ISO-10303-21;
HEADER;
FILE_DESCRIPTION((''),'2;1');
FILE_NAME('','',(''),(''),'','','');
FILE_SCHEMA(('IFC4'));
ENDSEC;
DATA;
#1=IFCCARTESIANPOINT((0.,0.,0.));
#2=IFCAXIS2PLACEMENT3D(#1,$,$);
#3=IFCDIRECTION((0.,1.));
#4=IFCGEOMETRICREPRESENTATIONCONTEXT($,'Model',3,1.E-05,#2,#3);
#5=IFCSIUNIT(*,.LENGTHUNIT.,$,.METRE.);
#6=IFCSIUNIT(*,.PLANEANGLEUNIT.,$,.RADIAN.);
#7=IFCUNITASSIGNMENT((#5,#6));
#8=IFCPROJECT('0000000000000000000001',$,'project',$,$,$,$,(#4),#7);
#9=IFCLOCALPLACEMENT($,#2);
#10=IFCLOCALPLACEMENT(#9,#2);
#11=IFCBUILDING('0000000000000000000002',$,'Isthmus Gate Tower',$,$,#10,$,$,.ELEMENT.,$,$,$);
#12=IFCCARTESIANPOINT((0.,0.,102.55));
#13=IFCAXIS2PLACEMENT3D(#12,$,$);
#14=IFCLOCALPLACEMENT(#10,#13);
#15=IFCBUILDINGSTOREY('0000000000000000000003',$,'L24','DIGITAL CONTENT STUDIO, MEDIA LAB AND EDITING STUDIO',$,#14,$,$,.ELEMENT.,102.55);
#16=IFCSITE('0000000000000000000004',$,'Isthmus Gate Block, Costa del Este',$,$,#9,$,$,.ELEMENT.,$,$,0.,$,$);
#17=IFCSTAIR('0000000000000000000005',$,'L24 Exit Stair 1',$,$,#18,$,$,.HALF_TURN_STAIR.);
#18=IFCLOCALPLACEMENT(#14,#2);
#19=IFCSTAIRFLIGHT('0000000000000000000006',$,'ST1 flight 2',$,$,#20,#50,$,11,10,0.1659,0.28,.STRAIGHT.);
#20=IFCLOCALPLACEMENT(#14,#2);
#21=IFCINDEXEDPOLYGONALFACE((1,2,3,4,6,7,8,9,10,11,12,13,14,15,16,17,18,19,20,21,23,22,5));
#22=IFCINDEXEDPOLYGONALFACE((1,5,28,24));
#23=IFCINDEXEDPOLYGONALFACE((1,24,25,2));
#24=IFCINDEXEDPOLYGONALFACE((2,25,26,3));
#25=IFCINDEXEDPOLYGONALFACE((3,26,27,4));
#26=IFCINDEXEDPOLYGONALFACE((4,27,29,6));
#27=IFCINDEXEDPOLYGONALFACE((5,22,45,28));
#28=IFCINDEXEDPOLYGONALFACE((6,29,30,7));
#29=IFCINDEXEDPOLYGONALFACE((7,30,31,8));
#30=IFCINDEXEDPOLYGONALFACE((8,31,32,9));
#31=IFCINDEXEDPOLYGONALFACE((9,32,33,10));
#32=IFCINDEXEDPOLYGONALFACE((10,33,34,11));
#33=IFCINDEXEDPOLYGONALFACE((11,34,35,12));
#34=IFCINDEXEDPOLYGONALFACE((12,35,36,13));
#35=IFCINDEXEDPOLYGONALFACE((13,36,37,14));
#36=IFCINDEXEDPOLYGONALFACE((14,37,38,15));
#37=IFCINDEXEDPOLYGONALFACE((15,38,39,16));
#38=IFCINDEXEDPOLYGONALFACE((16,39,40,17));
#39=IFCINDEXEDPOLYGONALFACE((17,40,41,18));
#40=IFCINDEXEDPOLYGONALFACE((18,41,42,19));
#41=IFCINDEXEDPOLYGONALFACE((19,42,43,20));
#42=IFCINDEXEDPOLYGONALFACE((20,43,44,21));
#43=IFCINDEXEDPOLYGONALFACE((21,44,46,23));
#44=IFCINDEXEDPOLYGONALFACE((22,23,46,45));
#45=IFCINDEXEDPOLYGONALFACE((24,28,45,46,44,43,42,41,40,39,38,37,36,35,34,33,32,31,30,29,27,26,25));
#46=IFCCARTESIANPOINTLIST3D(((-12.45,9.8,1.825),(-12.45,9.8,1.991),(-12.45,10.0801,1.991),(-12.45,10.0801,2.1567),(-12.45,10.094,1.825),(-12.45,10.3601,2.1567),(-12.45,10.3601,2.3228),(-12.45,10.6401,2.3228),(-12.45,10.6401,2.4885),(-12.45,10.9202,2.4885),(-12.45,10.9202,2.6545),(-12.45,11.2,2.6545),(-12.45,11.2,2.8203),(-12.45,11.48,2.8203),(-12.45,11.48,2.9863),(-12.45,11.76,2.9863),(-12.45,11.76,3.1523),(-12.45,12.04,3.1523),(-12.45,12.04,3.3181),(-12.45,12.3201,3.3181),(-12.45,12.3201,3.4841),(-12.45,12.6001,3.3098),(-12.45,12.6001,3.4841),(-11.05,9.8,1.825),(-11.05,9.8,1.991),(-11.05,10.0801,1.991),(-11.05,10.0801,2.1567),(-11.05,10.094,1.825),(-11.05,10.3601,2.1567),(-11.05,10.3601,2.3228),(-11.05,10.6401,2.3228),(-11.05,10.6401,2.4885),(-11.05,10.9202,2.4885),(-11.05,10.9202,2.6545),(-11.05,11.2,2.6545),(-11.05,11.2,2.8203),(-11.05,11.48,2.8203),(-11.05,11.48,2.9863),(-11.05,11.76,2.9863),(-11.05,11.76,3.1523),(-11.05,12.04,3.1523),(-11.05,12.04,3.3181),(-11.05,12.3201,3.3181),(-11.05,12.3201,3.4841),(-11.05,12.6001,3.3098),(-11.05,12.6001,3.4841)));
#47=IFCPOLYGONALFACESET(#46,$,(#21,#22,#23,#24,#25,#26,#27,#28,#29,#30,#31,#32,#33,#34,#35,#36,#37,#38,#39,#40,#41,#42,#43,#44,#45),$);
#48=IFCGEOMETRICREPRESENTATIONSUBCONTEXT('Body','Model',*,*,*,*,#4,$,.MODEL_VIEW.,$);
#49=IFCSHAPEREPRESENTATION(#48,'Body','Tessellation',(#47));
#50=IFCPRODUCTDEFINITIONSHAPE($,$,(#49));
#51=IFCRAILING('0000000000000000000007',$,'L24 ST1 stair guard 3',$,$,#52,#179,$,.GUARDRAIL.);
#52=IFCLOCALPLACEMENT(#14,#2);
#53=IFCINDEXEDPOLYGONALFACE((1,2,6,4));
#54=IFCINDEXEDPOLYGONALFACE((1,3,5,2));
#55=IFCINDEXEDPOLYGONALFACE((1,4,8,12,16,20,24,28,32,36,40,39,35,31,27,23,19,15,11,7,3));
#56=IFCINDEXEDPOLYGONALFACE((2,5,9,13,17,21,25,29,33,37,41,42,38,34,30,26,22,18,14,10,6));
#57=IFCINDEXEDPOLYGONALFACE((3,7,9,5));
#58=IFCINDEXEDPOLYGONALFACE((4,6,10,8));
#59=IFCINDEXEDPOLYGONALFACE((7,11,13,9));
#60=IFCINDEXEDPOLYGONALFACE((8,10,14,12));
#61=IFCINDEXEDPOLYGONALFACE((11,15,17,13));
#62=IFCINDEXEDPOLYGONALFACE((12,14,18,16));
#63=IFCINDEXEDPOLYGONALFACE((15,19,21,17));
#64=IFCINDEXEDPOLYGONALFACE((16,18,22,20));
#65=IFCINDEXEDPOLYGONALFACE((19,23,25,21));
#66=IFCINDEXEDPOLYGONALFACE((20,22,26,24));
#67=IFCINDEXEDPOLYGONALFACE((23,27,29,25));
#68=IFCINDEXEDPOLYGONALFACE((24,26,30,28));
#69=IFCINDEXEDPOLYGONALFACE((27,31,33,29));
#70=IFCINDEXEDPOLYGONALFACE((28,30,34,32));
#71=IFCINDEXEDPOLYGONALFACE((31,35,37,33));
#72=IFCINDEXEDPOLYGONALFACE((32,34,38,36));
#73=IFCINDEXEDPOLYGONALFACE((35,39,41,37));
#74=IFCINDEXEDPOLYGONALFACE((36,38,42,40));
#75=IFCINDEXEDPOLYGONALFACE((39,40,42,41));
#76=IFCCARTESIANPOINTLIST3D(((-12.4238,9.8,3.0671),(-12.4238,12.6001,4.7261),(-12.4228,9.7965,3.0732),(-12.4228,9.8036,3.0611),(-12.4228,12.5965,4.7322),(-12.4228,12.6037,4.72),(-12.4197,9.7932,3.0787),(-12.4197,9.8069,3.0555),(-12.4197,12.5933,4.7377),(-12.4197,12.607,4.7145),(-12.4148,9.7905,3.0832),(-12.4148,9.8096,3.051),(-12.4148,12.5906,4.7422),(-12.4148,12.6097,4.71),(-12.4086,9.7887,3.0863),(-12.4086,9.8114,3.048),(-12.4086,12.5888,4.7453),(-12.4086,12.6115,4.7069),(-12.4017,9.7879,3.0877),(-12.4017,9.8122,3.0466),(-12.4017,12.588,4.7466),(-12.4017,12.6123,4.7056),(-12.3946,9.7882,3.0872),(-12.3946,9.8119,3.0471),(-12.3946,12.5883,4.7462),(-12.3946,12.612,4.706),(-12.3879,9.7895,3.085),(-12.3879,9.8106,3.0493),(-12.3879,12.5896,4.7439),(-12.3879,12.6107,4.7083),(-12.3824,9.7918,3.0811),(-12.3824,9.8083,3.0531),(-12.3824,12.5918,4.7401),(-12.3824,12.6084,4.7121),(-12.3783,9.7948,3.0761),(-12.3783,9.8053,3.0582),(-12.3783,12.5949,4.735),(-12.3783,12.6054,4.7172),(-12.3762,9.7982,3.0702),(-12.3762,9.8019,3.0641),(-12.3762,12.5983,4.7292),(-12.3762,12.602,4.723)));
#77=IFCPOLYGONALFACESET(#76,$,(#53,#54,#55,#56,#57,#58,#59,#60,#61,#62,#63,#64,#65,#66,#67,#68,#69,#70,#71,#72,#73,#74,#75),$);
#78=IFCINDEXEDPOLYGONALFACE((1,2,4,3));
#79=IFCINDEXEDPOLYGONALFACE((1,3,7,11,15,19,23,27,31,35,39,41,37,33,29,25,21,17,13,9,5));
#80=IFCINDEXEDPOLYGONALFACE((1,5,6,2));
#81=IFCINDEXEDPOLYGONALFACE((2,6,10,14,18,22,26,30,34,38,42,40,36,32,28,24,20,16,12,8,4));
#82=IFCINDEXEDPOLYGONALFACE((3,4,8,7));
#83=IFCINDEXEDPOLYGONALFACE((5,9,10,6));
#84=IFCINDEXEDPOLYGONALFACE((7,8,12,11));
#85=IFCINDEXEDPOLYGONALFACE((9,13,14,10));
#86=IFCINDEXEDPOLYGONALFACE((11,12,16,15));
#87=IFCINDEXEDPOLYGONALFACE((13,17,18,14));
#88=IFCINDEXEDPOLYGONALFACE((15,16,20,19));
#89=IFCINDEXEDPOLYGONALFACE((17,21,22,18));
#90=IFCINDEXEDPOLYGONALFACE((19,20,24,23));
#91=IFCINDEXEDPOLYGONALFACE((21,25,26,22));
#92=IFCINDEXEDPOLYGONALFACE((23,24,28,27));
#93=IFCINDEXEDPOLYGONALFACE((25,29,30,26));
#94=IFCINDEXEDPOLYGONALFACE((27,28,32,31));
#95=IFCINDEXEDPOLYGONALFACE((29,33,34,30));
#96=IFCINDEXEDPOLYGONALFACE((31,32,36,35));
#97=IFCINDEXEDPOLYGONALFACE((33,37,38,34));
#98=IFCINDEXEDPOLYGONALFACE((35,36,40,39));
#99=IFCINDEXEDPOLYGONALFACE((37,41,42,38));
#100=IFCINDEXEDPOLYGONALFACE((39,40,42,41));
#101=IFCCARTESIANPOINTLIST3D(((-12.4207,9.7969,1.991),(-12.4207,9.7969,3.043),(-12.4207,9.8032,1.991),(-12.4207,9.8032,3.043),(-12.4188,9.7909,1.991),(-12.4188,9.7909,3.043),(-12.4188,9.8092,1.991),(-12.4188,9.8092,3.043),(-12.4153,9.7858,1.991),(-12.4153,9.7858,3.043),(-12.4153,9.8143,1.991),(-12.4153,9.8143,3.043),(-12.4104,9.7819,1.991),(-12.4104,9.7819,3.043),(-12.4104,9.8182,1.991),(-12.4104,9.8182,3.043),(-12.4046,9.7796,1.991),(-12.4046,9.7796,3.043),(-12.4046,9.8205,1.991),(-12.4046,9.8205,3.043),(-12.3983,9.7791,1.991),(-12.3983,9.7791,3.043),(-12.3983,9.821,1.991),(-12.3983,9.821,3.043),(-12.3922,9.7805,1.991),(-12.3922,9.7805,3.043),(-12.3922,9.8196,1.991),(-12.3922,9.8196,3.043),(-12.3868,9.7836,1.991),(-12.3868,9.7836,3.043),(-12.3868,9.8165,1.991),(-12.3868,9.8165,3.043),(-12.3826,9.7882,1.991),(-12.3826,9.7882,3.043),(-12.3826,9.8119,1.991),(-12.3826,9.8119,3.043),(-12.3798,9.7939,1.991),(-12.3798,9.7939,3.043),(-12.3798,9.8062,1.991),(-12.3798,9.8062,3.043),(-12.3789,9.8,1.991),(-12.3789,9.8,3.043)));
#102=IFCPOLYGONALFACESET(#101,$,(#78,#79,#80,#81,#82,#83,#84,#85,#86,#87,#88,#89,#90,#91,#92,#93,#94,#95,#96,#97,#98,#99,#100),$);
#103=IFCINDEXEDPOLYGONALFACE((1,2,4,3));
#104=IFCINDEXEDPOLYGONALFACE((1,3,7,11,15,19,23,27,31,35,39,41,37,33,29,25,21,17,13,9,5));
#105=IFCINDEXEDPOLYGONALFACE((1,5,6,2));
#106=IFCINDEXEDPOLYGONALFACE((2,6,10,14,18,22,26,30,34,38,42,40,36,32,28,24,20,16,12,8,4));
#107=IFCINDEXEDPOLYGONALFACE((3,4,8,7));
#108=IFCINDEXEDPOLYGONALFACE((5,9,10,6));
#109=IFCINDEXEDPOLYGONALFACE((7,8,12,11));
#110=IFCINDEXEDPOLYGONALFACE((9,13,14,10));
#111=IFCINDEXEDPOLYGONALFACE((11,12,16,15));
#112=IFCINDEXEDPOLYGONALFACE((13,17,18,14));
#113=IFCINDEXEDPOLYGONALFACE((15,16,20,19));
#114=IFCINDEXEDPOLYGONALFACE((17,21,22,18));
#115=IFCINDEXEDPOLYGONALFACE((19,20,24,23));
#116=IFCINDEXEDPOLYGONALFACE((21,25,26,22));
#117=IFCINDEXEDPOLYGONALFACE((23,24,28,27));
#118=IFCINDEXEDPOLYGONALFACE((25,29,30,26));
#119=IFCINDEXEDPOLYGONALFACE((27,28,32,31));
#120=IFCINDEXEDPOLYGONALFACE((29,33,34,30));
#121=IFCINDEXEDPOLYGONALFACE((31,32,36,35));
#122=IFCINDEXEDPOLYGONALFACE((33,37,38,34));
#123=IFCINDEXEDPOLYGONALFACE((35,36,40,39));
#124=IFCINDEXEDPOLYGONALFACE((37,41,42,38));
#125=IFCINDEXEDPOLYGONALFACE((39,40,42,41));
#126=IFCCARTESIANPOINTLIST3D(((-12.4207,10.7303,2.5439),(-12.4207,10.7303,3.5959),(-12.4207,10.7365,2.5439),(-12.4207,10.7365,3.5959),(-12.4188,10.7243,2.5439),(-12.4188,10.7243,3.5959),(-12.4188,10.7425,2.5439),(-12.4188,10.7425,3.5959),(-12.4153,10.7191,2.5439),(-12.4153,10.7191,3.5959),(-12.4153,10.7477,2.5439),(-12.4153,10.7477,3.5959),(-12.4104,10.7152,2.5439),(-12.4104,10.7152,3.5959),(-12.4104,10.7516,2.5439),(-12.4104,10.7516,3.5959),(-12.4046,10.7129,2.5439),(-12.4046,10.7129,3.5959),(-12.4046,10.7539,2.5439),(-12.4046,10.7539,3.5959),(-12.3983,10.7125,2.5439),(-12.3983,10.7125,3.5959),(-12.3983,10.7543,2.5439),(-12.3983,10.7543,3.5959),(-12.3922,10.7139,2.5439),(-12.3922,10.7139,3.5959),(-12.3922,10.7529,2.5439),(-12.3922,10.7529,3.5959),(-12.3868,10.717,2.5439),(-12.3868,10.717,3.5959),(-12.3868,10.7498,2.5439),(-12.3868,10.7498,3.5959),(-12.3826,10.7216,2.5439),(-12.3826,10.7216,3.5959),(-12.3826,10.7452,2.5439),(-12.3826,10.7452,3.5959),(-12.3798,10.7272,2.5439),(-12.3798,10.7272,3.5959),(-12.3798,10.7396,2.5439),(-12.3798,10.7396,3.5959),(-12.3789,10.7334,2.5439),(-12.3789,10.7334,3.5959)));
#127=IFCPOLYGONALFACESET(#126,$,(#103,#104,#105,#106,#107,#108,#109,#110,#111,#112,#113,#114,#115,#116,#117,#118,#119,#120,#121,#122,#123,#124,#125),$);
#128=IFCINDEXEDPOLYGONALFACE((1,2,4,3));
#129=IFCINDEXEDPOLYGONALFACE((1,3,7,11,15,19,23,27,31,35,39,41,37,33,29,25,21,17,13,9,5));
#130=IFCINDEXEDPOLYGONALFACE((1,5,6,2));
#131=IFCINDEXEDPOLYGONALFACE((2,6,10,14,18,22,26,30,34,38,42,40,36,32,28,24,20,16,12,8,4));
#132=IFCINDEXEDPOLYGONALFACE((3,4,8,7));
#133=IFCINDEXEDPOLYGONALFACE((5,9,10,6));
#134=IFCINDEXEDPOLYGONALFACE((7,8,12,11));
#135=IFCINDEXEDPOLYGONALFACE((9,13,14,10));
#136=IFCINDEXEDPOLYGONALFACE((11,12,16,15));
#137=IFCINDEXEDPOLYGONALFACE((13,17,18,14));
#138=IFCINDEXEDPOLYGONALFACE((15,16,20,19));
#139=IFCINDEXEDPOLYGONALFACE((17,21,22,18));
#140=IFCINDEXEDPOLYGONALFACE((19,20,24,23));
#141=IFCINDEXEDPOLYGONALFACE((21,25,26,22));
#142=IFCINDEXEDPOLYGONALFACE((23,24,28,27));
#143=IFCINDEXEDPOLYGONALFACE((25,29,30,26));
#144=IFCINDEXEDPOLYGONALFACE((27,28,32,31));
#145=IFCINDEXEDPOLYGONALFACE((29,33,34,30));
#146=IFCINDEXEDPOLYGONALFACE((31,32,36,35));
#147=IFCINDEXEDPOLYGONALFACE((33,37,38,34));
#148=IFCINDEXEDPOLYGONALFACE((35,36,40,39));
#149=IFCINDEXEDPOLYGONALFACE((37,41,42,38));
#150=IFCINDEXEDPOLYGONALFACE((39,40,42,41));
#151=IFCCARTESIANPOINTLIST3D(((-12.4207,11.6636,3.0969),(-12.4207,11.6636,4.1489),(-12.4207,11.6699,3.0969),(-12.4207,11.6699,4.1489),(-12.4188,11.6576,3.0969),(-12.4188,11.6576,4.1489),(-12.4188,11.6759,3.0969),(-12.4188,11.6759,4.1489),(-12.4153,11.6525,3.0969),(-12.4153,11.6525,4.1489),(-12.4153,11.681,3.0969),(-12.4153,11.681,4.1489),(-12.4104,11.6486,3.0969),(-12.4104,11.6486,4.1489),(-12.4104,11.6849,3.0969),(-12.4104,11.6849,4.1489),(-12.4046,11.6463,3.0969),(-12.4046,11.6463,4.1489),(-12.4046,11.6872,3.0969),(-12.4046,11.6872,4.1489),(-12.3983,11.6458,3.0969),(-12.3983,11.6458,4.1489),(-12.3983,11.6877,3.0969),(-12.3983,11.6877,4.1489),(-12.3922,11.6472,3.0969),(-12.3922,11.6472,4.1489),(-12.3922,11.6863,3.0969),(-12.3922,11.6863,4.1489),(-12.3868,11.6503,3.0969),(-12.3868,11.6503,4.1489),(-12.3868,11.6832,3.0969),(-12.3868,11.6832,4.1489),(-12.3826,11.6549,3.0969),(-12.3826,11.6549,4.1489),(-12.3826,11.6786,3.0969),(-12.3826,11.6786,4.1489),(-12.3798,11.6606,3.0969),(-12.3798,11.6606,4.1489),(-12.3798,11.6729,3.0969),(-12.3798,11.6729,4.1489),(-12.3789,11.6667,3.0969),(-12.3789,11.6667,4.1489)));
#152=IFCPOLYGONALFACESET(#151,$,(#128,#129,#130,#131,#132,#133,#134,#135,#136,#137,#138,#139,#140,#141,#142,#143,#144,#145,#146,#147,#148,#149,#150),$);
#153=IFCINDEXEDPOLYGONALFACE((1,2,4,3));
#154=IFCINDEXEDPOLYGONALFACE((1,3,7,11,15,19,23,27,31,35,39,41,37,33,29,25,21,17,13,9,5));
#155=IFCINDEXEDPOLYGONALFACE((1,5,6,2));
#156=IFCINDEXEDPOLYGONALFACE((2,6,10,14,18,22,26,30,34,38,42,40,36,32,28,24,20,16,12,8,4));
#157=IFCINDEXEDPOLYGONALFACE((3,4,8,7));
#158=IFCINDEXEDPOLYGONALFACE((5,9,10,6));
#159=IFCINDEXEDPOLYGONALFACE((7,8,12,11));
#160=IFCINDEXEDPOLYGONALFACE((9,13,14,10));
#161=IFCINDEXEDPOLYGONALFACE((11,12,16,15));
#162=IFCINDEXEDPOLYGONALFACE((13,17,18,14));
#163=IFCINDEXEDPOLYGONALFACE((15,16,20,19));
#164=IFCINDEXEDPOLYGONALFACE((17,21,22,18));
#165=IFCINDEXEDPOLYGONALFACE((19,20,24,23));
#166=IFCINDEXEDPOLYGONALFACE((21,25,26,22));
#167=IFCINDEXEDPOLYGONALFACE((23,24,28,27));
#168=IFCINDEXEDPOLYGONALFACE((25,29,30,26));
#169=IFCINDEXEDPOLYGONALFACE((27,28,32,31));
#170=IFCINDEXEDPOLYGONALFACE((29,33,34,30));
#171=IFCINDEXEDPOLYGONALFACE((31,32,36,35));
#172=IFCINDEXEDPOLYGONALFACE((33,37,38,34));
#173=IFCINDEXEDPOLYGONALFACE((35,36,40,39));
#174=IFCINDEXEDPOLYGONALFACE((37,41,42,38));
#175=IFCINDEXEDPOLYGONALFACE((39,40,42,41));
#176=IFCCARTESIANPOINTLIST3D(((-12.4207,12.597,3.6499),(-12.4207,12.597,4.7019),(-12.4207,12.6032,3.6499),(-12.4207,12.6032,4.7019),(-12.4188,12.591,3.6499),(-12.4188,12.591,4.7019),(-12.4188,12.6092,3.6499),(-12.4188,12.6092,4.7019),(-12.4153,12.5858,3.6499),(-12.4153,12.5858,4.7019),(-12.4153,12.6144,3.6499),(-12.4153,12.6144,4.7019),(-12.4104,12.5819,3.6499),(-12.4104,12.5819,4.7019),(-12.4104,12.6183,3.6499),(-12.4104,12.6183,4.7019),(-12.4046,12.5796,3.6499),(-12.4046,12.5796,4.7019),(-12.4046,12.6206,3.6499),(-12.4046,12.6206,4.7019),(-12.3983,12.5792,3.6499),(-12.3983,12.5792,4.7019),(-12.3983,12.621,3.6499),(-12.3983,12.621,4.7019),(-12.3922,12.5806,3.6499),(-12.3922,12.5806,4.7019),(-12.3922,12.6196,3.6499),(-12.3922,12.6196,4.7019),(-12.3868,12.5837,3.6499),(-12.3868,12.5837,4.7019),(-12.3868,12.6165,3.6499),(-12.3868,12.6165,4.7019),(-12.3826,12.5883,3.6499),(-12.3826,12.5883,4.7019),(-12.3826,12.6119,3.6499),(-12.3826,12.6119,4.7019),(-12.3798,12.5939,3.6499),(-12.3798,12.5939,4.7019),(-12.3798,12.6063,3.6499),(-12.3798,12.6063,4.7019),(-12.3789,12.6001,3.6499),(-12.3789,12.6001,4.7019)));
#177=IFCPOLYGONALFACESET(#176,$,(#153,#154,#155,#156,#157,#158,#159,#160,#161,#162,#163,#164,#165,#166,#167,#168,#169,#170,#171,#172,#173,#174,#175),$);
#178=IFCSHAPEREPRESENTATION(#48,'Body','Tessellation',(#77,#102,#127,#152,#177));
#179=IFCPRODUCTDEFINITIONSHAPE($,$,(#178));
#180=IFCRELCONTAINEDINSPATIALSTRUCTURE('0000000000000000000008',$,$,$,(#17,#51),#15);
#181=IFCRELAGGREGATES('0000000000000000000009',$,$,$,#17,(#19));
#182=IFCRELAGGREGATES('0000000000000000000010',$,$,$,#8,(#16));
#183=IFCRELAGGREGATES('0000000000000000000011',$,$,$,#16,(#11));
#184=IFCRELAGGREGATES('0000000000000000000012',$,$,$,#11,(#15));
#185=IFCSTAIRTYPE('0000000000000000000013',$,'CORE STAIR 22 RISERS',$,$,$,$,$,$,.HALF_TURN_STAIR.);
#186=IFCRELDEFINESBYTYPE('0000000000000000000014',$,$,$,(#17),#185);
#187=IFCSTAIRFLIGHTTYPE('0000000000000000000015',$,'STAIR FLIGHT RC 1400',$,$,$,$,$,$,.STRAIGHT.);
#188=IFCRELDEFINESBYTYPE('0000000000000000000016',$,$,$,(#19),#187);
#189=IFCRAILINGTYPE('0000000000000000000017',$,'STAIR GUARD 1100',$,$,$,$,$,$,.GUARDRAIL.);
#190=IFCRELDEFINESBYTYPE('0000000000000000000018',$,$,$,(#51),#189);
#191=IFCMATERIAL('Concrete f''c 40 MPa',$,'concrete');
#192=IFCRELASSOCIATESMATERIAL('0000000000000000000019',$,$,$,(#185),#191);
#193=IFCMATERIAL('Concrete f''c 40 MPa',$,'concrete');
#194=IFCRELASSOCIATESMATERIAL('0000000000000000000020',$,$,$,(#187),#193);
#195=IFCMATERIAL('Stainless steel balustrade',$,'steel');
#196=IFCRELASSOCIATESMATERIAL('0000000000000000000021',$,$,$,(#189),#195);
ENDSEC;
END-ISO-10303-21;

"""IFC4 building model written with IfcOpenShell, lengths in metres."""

from ifc_helpers import new_model, si_unit, direction, frame, origin, origin_2d, place, context, subcontext, project, spatial, polyline, circle, outline, extrude, material, type_object, element, aggregate, save


model = new_model("IFC4")

# Units and contexts
model_context = context("Model", 3, precision=1e-05, world=origin(), true_north=direction((0.0, 1.0)))
body_context = subcontext(model_context, "Body", "Model", "MODEL_VIEW")
ifc_project = project(units=[si_unit("LENGTHUNIT", "METRE"), si_unit("PLANEANGLEUNIT", "RADIAN")], contexts=[model_context])

# Site, building, storey
site_placement = place(None, origin())
site = spatial("IfcSite", under=ifc_project, at=site_placement, Name="Isthmus Gate Block, Costa del Este", CompositionType="ELEMENT", RefElevation=0.0)
building_placement = place(site_placement, origin())
building = spatial("IfcBuilding", under=site, at=building_placement, Name="Isthmus Gate Tower", CompositionType="ELEMENT")
storey_placement = place(building_placement, frame((0.0, 0.0, 102.55)))
storey = spatial("IfcBuildingStorey", under=building, at=storey_placement, Name="L24", Description="DIGITAL CONTENT STUDIO, MEDIA LAB AND EDITING STUDIO", CompositionType="ELEMENT", Elevation=102.55)

# Stair, stair flight
ifc_material_1 = material(Name="Concrete f'c 40 MPa", Category="concrete")
stair_type = type_object("IfcStairType", Name="CORE STAIR 22 RISERS", PredefinedType="HALF_TURN_STAIR", material=ifc_material_1)
stair_placement = place(storey_placement, origin())
stair = element("IfcStair", 1, at=stair_placement, inside=storey, type_object=stair_type, Name="L24 Exit Stair 1", PredefinedType="HALF_TURN_STAIR")
ifc_material_2 = material(Name="Concrete f'c 40 MPa", Category="concrete")
stair_flight_type = type_object("IfcStairFlightType", Name="STAIR FLIGHT RC 1400", PredefinedType="STRAIGHT", material=ifc_material_2)
stair_flight_placement = place(storey_placement, frame((-11.75, 9.8, 1.825), z_axis=(0.0, 0.0, 1.0), x_axis=(0.0, 1.0, 0.0)))
stair_flight = element("IfcStairFlight", 2, at=stair_flight_placement, type_object=stair_flight_type, Name="ST1 flight 2", NumberOfRisers=11, NumberOfTreads=10, PredefinedType="STRAIGHT", RiserHeight=0.1659, TreadLength=0.28, context=body_context, shape_type="SweptSolid", body=[
    extrude(outline(polyline([(0.0, 0.0), (0.0, 0.166), (0.28, 0.166), (0.28, 0.3318), (0.5601, 0.3318), (0.5601, 0.4978), (0.8401, 0.4978), (0.8401, 0.6636), (1.1201, 0.6636), (1.1201, 0.8296), (1.3999, 0.8296), (1.3999, 0.9954), (1.6799, 0.9954), (1.6799, 1.1614), (1.96, 1.1614), (1.96, 1.3274), (2.24, 1.3274), (2.24, 1.4932), (2.52, 1.4932), (2.52, 1.6592), (2.8, 1.6592), (2.8, 1.825), (2.8, 1.4849), (0.2939, 0.0), (0.0, 0.0)])), frame((0.0, 0.7, 0.0), z_axis=(0.0, -1.0, 0.0), x_axis=(1.0, 0.0, 0.0)), (0.0, 0.0, 1.0), 1.3999),
])
aggregate(stair, [stair_flight])

# Railing
ifc_material_3 = material(Name="Stainless steel balustrade", Category="steel")
railing_type_1 = type_object("IfcRailingType", Name="STAIR GUARD 1100", PredefinedType="GUARDRAIL", material=ifc_material_3)
railing_1_placement = place(storey_placement, frame((-12.3999, 9.8, 1.991)))
element("IfcRailing", 3, at=railing_1_placement, inside=storey, type_object=railing_type_1, Name="L24 ST1 stair guard 3", PredefinedType="GUARDRAIL", context=body_context, shape_type="SweptSolid", body=[
    extrude(circle(Radius=0.0239, at=origin_2d()), frame((0.0, 0.0, 1.0762), z_axis=(0.0, 0.860339, 0.509722), x_axis=(-1.0, 0.0, 0.0)), (0.0, 0.0, 1.0), 3.2546),
    extrude(circle(Radius=0.021, at=origin_2d()), origin(), (0.0, 0.0, 1.0), 1.052),
    extrude(circle(Radius=0.021, at=origin_2d()), frame((0.0, 0.9333, 0.553)), (0.0, 0.0, 1.0), 1.052),
    extrude(circle(Radius=0.021, at=origin_2d()), frame((0.0, 1.8667, 1.106)), (0.0, 0.0, 1.0), 1.052),
    extrude(circle(Radius=0.021, at=origin_2d()), frame((0.0, 2.8, 1.6589)), (0.0, 0.0, 1.0), 1.052),
])

save(model, "model.ifc")
